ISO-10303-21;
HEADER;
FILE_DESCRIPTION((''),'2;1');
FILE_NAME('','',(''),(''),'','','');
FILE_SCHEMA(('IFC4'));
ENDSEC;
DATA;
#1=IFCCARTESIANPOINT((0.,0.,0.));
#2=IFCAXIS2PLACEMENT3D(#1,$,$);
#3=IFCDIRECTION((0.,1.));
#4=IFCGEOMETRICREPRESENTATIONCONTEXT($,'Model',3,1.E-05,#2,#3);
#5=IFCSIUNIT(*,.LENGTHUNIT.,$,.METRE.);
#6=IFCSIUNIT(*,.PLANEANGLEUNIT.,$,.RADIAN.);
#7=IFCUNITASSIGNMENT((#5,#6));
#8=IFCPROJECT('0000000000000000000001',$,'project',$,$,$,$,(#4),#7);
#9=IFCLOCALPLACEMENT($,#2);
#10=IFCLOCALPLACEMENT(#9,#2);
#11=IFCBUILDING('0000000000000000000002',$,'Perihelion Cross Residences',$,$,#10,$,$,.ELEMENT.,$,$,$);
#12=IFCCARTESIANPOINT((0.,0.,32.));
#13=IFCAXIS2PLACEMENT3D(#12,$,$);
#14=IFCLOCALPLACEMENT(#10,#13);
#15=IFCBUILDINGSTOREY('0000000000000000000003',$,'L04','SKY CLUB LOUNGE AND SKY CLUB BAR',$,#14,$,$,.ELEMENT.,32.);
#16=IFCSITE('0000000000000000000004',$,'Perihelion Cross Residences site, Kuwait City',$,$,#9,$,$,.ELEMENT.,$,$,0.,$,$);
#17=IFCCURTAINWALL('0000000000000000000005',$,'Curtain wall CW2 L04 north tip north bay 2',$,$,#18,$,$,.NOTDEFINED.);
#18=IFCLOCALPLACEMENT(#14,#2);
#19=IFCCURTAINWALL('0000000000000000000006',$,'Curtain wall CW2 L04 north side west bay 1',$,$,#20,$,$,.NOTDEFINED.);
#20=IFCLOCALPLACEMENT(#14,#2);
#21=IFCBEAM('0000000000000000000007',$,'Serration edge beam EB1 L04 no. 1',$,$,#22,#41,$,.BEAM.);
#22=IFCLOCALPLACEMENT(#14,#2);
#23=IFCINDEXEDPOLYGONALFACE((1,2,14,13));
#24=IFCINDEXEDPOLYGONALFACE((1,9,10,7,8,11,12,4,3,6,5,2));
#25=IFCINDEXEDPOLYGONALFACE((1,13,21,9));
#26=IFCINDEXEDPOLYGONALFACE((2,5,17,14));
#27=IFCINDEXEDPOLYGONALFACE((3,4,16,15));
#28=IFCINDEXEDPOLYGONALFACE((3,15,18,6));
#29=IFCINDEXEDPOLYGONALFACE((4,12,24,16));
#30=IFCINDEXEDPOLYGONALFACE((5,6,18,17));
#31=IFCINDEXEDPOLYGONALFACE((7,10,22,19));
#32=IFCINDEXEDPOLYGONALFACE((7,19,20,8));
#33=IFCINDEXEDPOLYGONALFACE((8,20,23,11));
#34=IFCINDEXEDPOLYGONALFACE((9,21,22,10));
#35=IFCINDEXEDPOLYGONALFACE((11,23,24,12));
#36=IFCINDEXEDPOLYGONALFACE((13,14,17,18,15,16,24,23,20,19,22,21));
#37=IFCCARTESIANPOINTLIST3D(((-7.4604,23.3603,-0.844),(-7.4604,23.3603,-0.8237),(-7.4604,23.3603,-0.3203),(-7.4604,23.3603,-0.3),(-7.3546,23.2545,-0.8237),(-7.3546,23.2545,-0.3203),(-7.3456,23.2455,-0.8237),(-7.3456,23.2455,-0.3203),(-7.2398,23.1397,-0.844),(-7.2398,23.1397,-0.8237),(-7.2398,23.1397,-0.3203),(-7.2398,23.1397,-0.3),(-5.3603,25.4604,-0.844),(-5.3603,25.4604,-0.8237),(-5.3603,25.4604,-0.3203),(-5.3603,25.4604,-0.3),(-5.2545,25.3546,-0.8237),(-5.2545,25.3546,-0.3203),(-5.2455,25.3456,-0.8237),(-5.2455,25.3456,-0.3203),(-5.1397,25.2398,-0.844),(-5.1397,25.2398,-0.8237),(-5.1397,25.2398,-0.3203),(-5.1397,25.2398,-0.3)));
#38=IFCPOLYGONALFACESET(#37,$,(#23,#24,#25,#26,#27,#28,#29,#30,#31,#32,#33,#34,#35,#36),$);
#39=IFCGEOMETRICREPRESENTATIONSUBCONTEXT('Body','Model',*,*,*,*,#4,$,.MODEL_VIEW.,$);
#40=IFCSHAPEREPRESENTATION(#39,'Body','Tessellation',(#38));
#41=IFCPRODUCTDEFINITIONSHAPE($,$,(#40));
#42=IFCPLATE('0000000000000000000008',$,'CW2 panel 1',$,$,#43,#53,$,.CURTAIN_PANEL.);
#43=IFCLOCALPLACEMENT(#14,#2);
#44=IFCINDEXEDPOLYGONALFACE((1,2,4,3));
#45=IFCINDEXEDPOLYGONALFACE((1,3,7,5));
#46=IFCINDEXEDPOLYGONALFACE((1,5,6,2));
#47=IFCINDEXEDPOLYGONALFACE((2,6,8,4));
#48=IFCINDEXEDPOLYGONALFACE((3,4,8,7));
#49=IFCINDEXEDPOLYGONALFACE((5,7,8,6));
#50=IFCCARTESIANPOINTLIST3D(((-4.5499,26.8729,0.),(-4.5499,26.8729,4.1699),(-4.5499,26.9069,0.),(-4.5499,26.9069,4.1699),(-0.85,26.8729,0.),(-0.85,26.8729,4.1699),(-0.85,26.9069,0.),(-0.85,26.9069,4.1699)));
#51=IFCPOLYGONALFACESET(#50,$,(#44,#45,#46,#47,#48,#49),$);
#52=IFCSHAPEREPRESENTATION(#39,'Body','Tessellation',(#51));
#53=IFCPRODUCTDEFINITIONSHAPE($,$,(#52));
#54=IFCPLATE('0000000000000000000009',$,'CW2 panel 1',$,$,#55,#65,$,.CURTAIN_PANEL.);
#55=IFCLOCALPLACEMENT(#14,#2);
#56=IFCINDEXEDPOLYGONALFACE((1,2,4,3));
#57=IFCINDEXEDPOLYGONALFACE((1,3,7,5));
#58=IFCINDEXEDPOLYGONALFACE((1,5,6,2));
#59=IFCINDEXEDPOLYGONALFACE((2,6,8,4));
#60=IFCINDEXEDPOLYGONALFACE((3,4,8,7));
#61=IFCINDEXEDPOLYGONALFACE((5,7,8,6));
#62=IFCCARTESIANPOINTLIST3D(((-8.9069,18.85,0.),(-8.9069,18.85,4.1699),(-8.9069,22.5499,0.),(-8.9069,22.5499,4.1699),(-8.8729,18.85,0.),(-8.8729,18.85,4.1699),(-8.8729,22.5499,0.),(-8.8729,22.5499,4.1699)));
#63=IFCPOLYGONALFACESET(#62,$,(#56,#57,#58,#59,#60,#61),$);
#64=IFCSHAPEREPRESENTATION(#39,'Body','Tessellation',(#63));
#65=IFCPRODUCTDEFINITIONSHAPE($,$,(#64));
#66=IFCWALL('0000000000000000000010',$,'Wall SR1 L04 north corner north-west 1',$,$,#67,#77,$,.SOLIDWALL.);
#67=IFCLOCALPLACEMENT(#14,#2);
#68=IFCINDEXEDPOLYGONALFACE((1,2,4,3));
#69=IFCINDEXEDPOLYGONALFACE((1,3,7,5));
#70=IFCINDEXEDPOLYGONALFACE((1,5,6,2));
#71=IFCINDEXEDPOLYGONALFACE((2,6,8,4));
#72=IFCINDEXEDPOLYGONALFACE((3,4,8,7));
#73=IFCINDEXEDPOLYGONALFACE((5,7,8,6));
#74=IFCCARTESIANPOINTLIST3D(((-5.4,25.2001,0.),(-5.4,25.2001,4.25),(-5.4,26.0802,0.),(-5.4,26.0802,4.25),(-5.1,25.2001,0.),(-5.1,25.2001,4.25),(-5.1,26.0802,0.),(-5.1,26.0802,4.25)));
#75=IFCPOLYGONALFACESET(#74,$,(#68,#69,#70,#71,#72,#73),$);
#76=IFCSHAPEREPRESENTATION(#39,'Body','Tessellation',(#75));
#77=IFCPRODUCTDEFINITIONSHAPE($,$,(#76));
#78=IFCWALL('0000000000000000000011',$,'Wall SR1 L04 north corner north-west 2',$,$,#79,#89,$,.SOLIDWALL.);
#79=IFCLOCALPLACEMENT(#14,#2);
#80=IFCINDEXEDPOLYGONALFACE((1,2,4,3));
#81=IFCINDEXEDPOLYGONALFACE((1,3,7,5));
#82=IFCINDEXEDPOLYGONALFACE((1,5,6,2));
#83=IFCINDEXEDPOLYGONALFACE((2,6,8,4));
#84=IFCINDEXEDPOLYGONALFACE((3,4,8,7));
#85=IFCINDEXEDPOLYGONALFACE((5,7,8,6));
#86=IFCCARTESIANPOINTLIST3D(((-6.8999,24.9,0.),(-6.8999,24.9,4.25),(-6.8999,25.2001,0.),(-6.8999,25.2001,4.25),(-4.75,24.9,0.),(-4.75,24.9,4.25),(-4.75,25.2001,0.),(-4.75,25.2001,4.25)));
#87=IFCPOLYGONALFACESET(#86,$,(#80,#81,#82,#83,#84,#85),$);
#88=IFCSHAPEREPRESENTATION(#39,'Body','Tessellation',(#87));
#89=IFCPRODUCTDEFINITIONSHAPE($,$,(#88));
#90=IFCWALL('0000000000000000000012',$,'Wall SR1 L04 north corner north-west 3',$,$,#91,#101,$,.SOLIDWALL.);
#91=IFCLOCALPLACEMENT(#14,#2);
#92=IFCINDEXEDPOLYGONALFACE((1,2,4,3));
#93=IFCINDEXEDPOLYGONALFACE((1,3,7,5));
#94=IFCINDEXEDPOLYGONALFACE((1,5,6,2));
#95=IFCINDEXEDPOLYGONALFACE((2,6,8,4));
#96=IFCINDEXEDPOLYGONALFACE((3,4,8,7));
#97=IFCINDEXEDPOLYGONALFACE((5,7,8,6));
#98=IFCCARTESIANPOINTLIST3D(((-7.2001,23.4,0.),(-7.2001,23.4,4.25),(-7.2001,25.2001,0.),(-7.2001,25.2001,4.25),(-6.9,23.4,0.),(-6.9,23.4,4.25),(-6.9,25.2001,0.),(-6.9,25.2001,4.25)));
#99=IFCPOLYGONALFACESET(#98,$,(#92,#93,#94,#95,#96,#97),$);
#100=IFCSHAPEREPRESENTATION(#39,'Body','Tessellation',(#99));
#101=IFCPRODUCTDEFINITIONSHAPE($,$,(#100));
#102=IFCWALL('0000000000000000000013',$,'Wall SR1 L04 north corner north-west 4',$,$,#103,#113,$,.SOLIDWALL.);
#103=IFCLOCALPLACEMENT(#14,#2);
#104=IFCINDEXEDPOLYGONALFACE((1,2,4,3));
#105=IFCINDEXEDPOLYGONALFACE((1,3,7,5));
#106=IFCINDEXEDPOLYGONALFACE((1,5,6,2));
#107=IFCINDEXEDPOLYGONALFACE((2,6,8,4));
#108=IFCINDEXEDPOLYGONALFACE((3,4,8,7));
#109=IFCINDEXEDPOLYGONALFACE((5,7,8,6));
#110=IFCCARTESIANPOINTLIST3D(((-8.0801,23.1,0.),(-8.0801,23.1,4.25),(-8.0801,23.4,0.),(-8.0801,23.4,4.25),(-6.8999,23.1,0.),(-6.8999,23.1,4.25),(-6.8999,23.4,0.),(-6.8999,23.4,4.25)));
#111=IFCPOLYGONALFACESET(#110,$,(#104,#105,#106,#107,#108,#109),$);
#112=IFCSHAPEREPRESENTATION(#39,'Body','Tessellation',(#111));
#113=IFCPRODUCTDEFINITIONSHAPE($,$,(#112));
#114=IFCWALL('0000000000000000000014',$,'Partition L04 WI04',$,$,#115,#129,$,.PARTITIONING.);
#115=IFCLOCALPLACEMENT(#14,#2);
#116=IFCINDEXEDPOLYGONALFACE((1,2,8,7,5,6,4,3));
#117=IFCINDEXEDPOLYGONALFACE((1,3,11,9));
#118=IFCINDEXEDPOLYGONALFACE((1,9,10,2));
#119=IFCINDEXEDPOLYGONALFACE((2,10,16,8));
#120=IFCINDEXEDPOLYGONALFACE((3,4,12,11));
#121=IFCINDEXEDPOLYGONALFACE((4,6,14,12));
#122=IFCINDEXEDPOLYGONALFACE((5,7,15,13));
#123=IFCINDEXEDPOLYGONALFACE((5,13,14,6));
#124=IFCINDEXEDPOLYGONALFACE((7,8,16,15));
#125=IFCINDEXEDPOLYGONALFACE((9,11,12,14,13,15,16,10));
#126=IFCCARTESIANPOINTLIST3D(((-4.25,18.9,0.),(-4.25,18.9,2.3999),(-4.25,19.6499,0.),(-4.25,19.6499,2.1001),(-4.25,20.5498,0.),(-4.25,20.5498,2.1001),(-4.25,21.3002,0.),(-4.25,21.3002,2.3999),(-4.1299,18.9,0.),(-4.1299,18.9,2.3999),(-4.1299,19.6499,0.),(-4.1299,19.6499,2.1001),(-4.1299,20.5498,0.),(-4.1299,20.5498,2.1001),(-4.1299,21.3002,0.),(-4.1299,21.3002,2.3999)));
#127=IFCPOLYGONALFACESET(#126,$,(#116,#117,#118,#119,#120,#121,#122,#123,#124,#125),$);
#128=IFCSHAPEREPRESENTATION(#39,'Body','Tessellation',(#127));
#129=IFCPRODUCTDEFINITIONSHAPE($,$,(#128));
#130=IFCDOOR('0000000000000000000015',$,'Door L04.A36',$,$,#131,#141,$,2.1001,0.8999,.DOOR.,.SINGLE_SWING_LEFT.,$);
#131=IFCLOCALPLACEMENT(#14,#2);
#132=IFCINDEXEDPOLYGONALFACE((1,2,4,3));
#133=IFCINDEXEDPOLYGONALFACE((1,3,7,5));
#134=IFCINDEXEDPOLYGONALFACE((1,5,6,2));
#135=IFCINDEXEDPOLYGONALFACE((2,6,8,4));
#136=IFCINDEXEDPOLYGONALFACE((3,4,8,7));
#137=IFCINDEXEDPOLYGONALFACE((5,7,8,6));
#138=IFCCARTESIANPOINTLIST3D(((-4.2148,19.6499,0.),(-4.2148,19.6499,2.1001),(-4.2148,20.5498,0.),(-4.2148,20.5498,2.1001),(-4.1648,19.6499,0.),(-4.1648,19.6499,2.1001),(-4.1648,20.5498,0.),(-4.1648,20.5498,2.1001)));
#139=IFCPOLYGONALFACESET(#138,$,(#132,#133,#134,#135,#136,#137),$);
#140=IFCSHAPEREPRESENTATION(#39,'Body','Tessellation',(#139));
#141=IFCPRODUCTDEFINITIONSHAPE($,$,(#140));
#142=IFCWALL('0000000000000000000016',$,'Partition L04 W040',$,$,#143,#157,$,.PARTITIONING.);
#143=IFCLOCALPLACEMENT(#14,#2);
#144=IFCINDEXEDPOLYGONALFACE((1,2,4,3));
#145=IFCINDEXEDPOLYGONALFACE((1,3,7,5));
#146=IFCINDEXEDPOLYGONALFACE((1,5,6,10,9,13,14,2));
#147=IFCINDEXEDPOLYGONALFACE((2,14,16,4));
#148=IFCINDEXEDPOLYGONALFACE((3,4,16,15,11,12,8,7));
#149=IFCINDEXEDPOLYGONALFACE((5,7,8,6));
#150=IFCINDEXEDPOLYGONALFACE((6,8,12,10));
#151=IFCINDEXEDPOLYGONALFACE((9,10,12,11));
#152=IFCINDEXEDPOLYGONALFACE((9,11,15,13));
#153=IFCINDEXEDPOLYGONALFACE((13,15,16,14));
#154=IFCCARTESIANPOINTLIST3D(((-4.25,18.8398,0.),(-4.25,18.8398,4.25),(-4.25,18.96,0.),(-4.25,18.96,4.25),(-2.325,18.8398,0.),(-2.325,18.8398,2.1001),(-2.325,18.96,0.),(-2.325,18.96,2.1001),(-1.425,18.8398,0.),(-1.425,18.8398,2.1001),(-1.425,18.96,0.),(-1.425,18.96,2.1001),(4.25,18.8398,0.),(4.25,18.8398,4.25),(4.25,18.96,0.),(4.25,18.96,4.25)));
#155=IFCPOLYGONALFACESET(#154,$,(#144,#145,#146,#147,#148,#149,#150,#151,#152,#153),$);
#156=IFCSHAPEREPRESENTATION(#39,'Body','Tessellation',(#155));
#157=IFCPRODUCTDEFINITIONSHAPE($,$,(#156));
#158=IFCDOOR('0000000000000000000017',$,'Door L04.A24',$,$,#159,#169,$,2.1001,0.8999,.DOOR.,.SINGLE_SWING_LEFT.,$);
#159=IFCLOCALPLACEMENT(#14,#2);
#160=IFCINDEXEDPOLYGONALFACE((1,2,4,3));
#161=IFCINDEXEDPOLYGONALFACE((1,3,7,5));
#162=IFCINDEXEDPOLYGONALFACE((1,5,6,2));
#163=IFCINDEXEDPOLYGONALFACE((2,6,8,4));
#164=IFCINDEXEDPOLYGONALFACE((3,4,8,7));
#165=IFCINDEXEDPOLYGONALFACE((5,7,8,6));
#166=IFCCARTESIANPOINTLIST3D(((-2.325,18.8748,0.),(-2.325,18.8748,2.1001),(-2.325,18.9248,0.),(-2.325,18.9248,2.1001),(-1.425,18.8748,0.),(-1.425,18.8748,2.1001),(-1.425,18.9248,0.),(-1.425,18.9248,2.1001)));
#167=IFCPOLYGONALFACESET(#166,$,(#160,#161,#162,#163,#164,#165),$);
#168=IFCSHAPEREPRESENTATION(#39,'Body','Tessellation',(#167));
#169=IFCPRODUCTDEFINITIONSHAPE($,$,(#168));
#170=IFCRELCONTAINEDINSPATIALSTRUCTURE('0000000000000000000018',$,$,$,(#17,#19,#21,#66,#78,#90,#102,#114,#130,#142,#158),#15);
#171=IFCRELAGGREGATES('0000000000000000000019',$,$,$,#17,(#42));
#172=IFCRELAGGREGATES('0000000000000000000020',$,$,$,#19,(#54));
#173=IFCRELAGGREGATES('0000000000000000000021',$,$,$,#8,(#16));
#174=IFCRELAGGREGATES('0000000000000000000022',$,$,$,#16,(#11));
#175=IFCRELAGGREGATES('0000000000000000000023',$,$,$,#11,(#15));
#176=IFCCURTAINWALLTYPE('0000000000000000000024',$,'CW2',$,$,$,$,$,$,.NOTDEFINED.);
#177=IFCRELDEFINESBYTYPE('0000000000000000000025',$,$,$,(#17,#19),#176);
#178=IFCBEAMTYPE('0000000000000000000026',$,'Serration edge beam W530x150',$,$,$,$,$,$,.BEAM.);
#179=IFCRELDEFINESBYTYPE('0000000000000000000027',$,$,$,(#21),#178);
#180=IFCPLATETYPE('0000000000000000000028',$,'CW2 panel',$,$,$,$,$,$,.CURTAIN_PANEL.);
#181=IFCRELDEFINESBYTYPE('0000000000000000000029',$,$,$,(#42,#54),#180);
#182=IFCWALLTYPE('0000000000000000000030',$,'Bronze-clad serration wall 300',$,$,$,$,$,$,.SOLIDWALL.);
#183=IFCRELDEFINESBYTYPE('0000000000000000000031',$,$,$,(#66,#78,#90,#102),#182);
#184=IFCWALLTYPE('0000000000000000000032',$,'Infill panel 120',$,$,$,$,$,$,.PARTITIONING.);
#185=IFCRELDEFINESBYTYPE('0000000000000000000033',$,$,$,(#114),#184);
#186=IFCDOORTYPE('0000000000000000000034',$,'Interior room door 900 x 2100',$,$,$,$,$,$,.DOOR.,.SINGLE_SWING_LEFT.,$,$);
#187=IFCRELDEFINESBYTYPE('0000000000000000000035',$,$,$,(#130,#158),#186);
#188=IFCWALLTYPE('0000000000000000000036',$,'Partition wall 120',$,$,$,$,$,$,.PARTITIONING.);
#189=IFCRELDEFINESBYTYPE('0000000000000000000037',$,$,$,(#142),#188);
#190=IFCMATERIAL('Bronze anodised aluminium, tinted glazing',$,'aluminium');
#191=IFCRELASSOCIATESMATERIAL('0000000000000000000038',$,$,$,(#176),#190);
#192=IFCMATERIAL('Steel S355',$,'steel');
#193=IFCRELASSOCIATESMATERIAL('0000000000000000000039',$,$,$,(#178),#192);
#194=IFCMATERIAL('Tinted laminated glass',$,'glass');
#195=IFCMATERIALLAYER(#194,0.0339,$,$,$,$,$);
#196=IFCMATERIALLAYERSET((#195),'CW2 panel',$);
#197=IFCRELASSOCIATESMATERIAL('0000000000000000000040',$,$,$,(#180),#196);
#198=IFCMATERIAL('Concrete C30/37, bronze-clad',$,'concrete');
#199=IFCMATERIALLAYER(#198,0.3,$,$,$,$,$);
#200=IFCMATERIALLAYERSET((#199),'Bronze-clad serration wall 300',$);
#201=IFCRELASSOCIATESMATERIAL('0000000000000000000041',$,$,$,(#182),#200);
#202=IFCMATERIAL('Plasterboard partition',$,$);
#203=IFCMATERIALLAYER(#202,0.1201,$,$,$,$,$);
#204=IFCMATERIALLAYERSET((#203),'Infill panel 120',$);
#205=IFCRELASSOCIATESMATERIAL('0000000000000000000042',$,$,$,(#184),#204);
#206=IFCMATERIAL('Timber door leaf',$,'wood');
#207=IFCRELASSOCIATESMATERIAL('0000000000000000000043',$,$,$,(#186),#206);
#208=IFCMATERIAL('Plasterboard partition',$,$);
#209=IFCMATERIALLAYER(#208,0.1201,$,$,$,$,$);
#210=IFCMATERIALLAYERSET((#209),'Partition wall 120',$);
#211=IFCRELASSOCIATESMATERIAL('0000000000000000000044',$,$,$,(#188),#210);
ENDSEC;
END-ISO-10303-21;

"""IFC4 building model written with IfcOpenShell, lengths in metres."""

from ifc_helpers import new_model, si_unit, direction, frame, frame_2d, origin, origin_2d, place, context, subcontext, project, spatial, rectangle, i_section, extrude, material, layer, layer_set, material_profile, profile_set, type_object, element, fill, aggregate, save


model = new_model("IFC4")

# Units and contexts
model_context = context("Model", 3, precision=1e-05, world=origin(), true_north=direction((0.0, 1.0)))
body_context = subcontext(model_context, "Body", "Model", "MODEL_VIEW")
ifc_project = project(units=[si_unit("LENGTHUNIT", "METRE"), si_unit("PLANEANGLEUNIT", "RADIAN")], contexts=[model_context])

# Site, building, storey
site_placement = place(None, origin())
site = spatial("IfcSite", under=ifc_project, at=site_placement, Name="Perihelion Cross Residences site, Kuwait City", CompositionType="ELEMENT", RefElevation=0.0)
building_placement = place(site_placement, origin())
building = spatial("IfcBuilding", under=site, at=building_placement, Name="Perihelion Cross Residences", CompositionType="ELEMENT")
storey_placement = place(building_placement, frame((0.0, 0.0, 32.0)))
storey = spatial("IfcBuildingStorey", under=building, at=storey_placement, Name="L04", Description="SKY CLUB LOUNGE AND SKY CLUB BAR", CompositionType="ELEMENT", Elevation=32.0)

# Curtain walls
ifc_material_1 = material(Name="Bronze anodised aluminium, tinted glazing", Category="aluminium")
curtain_wall_type = type_object("IfcCurtainWallType", Name="CW2", PredefinedType="NOTDEFINED", material=ifc_material_1)
curtain_wall_1_placement = place(storey_placement, origin())
curtain_wall_1 = element("IfcCurtainWall", 1, at=curtain_wall_1_placement, inside=storey, type_object=curtain_wall_type, Name="Curtain wall CW2 L04 north tip north bay 2", PredefinedType="NOTDEFINED")
curtain_wall_2_placement = place(storey_placement, origin())
curtain_wall_2 = element("IfcCurtainWall", 2, at=curtain_wall_2_placement, inside=storey, type_object=curtain_wall_type, Name="Curtain wall CW2 L04 north side west bay 1", PredefinedType="NOTDEFINED")

# Beam
ifc_material_2 = material(Name="Steel S355", Category="steel")
ifc_material_profile_1 = material_profile(ifc_material_2, i_section(OverallWidth=0.312, OverallDepth=0.5439, WebThickness=0.0127, FlangeThickness=0.0203, at=origin_2d()), Name="W530x150")
ifc_profile_set_1 = profile_set([ifc_material_profile_1], Name="Steel S355")
beam_type_1 = type_object("IfcBeamType", Name="Serration edge beam W530x150", PredefinedType="BEAM", material=ifc_profile_set_1)
beam_1_placement = place(storey_placement, frame((-5.25, 25.3501, -0.572), z_axis=(-0.707107, -0.707107, 0.0), x_axis=(0.707107, -0.707107, 0.0)))
element("IfcBeam", 3, at=beam_1_placement, inside=storey, type_object=beam_type_1, Name="Serration edge beam EB1 L04 no. 1", PredefinedType="BEAM", context=body_context, shape_type="SweptSolid", body=[
    extrude(i_section(OverallWidth=0.312, OverallDepth=0.5439, WebThickness=0.0127, FlangeThickness=0.0203, at=origin_2d()), origin(), (0.0, 0.0, 1.0), 2.97),
])

# Plates
ifc_material_3 = material(Name="Tinted laminated glass", Category="glass")
ifc_layer_1 = layer(ifc_material_3, 0.0339)
ifc_layer_set_1 = layer_set([ifc_layer_1], Name="CW2 panel")
plate_type = type_object("IfcPlateType", Name="CW2 panel", PredefinedType="CURTAIN_PANEL", material=ifc_layer_set_1)
plate_1_placement = place(storey_placement, frame((-2.7, 26.8899, 0.0), z_axis=(0.0, 0.0, 1.0), x_axis=(-1.0, 0.0, 0.0)))
plate_1 = element("IfcPlate", 4, at=plate_1_placement, type_object=plate_type, Name="CW2 panel 1", PredefinedType="CURTAIN_PANEL", context=body_context, shape_type="SweptSolid", body=[
    extrude(rectangle(XDim=3.7, YDim=0.0339, at=origin_2d()), origin(), (0.0, 0.0, 1.0), 4.1699),
])
aggregate(curtain_wall_1, [plate_1])
plate_2_placement = place(storey_placement, frame((-8.8899, 20.7, 0.0), z_axis=(0.0, 0.0, 1.0), x_axis=(0.0, -1.0, 0.0)))
plate_2 = element("IfcPlate", 5, at=plate_2_placement, type_object=plate_type, Name="CW2 panel 1", PredefinedType="CURTAIN_PANEL", context=body_context, shape_type="SweptSolid", body=[
    extrude(rectangle(XDim=3.7, YDim=0.0339, at=origin_2d()), origin(), (0.0, 0.0, 1.0), 4.1699),
])
aggregate(curtain_wall_2, [plate_2])

# Walls
ifc_material_4 = material(Name="Concrete C30/37, bronze-clad", Category="concrete")
ifc_layer_2 = layer(ifc_material_4, 0.3)
ifc_layer_set_2 = layer_set([ifc_layer_2], Name="Bronze-clad serration wall 300")
wall_type_1 = type_object("IfcWallType", Name="Bronze-clad serration wall 300", PredefinedType="SOLIDWALL", material=ifc_layer_set_2)
wall_1_placement = place(storey_placement, frame((-5.25, 26.0801, 0.0), z_axis=(0.0, 0.0, 1.0), x_axis=(0.0, -1.0, 0.0)))
element("IfcWall", 6, at=wall_1_placement, inside=storey, type_object=wall_type_1, Name="Wall SR1 L04 north corner north-west 1", PredefinedType="SOLIDWALL", context=body_context, shape_type="SweptSolid", body=[
    extrude(rectangle(XDim=0.8801, YDim=0.3, at=frame_2d((0.4399, 0.0))), origin(), (0.0, 0.0, 1.0), 4.25),
])
wall_2_placement = place(storey_placement, frame((-4.75, 25.05, 0.0), z_axis=(0.0, 0.0, 1.0), x_axis=(-1.0, 0.0, 0.0)))
element("IfcWall", 7, at=wall_2_placement, inside=storey, type_object=wall_type_1, Name="Wall SR1 L04 north corner north-west 2", PredefinedType="SOLIDWALL", context=body_context, shape_type="SweptSolid", body=[
    extrude(rectangle(XDim=2.1499, YDim=0.3, at=frame_2d((1.075, 0.0))), origin(), (0.0, 0.0, 1.0), 4.25),
])
wall_3_placement = place(storey_placement, frame((-7.05, 25.2, 0.0), z_axis=(0.0, 0.0, 1.0), x_axis=(0.0, -1.0, 0.0)))
element("IfcWall", 8, at=wall_3_placement, inside=storey, type_object=wall_type_1, Name="Wall SR1 L04 north corner north-west 3", PredefinedType="SOLIDWALL", context=body_context, shape_type="SweptSolid", body=[
    extrude(rectangle(XDim=1.8, YDim=0.3, at=frame_2d((0.8999, 0.0))), origin(), (0.0, 0.0, 1.0), 4.25),
])
wall_4_placement = place(storey_placement, frame((-6.8999, 23.25, 0.0), z_axis=(0.0, 0.0, 1.0), x_axis=(-1.0, 0.0, 0.0)))
element("IfcWall", 9, at=wall_4_placement, inside=storey, type_object=wall_type_1, Name="Wall SR1 L04 north corner north-west 4", PredefinedType="SOLIDWALL", context=body_context, shape_type="SweptSolid", body=[
    extrude(rectangle(XDim=1.1802, YDim=0.3, at=frame_2d((0.5901, 0.0))), origin(), (0.0, 0.0, 1.0), 4.25),
])

# Walls, openings, doors
ifc_material_5 = material(Name="Plasterboard partition")
ifc_layer_3 = layer(ifc_material_5, 0.1201)
ifc_layer_set_3 = layer_set([ifc_layer_3], Name="Infill panel 120")
wall_type_2 = type_object("IfcWallType", Name="Infill panel 120", PredefinedType="PARTITIONING", material=ifc_layer_set_3)
wall_5_placement = place(storey_placement, frame((-4.1899, 18.8999, 0.0), z_axis=(0.0, 0.0, 1.0), x_axis=(0.0, 1.0, 0.0)))
wall_5 = element("IfcWall", 10, at=wall_5_placement, inside=storey, type_object=wall_type_2, Name="Partition L04 WI04", PredefinedType="PARTITIONING", context=body_context, shape_type="SweptSolid", body=[
    extrude(rectangle(XDim=2.4001, YDim=0.1201, at=frame_2d((1.2002, 0.0))), origin(), (0.0, 0.0, 1.0), 2.3999),
])
opening_1_placement = place(wall_5_placement, frame((0.75, 0.0, 0.0)))
opening_1 = element("IfcOpeningElement", 11, at=opening_1_placement, cuts=wall_5, PredefinedType="OPENING", context=body_context, shape_type="SweptSolid", body=[
    extrude(rectangle(XDim=0.8999, YDim=2.1001, at=frame_2d((0.45, 1.05))), frame((0.0, 0.0701, 0.0), z_axis=(0.0, -1.0, 0.0), x_axis=(1.0, 0.0, 0.0)), (0.0, 0.0, 1.0), 0.1401),
])
ifc_material_6 = material(Name="Timber door leaf", Category="wood")
door_type = type_object("IfcDoorType", Name="Interior room door 900 x 2100", OperationType="SINGLE_SWING_LEFT", PredefinedType="DOOR", material=ifc_material_6)
door_1_placement = place(opening_1_placement, origin())
door_1 = element("IfcDoor", 12, at=door_1_placement, inside=storey, type_object=door_type, Name="Door L04.A36", OperationType="SINGLE_SWING_LEFT", OverallHeight=2.1001, OverallWidth=0.8999, PredefinedType="DOOR", context=body_context, shape_type="SweptSolid", body=[
    extrude(rectangle(XDim=0.8999, YDim=2.1001, at=frame_2d((0.45, 1.05))), frame((0.0, 0.0249, 0.0), z_axis=(0.0, -1.0, 0.0), x_axis=(1.0, 0.0, 0.0)), (0.0, 0.0, 1.0), 0.05),
])
fill(opening_1, door_1)
ifc_material_7 = material(Name="Plasterboard partition")
ifc_layer_4 = layer(ifc_material_7, 0.1201)
ifc_layer_set_4 = layer_set([ifc_layer_4], Name="Partition wall 120")
wall_type_3 = type_object("IfcWallType", Name="Partition wall 120", PredefinedType="PARTITIONING", material=ifc_layer_set_4)
wall_6_placement = place(storey_placement, frame((-4.25, 18.8999, 0.0), z_axis=(0.0, 0.0, 1.0), x_axis=(1.0, 0.0, 0.0)))
wall_6 = element("IfcWall", 13, at=wall_6_placement, inside=storey, type_object=wall_type_3, Name="Partition L04 W040", PredefinedType="PARTITIONING", context=body_context, shape_type="SweptSolid", body=[
    extrude(rectangle(XDim=8.5, YDim=0.1201, at=frame_2d((4.25, 0.0))), origin(), (0.0, 0.0, 1.0), 4.25),
])
opening_2_placement = place(wall_6_placement, frame((1.925, 0.0, 0.0)))
opening_2 = element("IfcOpeningElement", 14, at=opening_2_placement, cuts=wall_6, PredefinedType="OPENING", context=body_context, shape_type="SweptSolid", body=[
    extrude(rectangle(XDim=0.8999, YDim=2.1001, at=frame_2d((0.45, 1.05))), frame((0.0, 0.0701, 0.0), z_axis=(0.0, -1.0, 0.0), x_axis=(1.0, 0.0, 0.0)), (0.0, 0.0, 1.0), 0.1401),
])
door_2_placement = place(opening_2_placement, origin())
door_2 = element("IfcDoor", 15, at=door_2_placement, inside=storey, type_object=door_type, Name="Door L04.A24", OperationType="SINGLE_SWING_LEFT", OverallHeight=2.1001, OverallWidth=0.8999, PredefinedType="DOOR", context=body_context, shape_type="SweptSolid", body=[
    extrude(rectangle(XDim=0.8999, YDim=2.1001, at=frame_2d((0.45, 1.05))), frame((0.0, 0.0249, 0.0), z_axis=(0.0, -1.0, 0.0), x_axis=(1.0, 0.0, 0.0)), (0.0, 0.0, 1.0), 0.05),
])
fill(opening_2, door_2)

save(model, "model.ifc")
